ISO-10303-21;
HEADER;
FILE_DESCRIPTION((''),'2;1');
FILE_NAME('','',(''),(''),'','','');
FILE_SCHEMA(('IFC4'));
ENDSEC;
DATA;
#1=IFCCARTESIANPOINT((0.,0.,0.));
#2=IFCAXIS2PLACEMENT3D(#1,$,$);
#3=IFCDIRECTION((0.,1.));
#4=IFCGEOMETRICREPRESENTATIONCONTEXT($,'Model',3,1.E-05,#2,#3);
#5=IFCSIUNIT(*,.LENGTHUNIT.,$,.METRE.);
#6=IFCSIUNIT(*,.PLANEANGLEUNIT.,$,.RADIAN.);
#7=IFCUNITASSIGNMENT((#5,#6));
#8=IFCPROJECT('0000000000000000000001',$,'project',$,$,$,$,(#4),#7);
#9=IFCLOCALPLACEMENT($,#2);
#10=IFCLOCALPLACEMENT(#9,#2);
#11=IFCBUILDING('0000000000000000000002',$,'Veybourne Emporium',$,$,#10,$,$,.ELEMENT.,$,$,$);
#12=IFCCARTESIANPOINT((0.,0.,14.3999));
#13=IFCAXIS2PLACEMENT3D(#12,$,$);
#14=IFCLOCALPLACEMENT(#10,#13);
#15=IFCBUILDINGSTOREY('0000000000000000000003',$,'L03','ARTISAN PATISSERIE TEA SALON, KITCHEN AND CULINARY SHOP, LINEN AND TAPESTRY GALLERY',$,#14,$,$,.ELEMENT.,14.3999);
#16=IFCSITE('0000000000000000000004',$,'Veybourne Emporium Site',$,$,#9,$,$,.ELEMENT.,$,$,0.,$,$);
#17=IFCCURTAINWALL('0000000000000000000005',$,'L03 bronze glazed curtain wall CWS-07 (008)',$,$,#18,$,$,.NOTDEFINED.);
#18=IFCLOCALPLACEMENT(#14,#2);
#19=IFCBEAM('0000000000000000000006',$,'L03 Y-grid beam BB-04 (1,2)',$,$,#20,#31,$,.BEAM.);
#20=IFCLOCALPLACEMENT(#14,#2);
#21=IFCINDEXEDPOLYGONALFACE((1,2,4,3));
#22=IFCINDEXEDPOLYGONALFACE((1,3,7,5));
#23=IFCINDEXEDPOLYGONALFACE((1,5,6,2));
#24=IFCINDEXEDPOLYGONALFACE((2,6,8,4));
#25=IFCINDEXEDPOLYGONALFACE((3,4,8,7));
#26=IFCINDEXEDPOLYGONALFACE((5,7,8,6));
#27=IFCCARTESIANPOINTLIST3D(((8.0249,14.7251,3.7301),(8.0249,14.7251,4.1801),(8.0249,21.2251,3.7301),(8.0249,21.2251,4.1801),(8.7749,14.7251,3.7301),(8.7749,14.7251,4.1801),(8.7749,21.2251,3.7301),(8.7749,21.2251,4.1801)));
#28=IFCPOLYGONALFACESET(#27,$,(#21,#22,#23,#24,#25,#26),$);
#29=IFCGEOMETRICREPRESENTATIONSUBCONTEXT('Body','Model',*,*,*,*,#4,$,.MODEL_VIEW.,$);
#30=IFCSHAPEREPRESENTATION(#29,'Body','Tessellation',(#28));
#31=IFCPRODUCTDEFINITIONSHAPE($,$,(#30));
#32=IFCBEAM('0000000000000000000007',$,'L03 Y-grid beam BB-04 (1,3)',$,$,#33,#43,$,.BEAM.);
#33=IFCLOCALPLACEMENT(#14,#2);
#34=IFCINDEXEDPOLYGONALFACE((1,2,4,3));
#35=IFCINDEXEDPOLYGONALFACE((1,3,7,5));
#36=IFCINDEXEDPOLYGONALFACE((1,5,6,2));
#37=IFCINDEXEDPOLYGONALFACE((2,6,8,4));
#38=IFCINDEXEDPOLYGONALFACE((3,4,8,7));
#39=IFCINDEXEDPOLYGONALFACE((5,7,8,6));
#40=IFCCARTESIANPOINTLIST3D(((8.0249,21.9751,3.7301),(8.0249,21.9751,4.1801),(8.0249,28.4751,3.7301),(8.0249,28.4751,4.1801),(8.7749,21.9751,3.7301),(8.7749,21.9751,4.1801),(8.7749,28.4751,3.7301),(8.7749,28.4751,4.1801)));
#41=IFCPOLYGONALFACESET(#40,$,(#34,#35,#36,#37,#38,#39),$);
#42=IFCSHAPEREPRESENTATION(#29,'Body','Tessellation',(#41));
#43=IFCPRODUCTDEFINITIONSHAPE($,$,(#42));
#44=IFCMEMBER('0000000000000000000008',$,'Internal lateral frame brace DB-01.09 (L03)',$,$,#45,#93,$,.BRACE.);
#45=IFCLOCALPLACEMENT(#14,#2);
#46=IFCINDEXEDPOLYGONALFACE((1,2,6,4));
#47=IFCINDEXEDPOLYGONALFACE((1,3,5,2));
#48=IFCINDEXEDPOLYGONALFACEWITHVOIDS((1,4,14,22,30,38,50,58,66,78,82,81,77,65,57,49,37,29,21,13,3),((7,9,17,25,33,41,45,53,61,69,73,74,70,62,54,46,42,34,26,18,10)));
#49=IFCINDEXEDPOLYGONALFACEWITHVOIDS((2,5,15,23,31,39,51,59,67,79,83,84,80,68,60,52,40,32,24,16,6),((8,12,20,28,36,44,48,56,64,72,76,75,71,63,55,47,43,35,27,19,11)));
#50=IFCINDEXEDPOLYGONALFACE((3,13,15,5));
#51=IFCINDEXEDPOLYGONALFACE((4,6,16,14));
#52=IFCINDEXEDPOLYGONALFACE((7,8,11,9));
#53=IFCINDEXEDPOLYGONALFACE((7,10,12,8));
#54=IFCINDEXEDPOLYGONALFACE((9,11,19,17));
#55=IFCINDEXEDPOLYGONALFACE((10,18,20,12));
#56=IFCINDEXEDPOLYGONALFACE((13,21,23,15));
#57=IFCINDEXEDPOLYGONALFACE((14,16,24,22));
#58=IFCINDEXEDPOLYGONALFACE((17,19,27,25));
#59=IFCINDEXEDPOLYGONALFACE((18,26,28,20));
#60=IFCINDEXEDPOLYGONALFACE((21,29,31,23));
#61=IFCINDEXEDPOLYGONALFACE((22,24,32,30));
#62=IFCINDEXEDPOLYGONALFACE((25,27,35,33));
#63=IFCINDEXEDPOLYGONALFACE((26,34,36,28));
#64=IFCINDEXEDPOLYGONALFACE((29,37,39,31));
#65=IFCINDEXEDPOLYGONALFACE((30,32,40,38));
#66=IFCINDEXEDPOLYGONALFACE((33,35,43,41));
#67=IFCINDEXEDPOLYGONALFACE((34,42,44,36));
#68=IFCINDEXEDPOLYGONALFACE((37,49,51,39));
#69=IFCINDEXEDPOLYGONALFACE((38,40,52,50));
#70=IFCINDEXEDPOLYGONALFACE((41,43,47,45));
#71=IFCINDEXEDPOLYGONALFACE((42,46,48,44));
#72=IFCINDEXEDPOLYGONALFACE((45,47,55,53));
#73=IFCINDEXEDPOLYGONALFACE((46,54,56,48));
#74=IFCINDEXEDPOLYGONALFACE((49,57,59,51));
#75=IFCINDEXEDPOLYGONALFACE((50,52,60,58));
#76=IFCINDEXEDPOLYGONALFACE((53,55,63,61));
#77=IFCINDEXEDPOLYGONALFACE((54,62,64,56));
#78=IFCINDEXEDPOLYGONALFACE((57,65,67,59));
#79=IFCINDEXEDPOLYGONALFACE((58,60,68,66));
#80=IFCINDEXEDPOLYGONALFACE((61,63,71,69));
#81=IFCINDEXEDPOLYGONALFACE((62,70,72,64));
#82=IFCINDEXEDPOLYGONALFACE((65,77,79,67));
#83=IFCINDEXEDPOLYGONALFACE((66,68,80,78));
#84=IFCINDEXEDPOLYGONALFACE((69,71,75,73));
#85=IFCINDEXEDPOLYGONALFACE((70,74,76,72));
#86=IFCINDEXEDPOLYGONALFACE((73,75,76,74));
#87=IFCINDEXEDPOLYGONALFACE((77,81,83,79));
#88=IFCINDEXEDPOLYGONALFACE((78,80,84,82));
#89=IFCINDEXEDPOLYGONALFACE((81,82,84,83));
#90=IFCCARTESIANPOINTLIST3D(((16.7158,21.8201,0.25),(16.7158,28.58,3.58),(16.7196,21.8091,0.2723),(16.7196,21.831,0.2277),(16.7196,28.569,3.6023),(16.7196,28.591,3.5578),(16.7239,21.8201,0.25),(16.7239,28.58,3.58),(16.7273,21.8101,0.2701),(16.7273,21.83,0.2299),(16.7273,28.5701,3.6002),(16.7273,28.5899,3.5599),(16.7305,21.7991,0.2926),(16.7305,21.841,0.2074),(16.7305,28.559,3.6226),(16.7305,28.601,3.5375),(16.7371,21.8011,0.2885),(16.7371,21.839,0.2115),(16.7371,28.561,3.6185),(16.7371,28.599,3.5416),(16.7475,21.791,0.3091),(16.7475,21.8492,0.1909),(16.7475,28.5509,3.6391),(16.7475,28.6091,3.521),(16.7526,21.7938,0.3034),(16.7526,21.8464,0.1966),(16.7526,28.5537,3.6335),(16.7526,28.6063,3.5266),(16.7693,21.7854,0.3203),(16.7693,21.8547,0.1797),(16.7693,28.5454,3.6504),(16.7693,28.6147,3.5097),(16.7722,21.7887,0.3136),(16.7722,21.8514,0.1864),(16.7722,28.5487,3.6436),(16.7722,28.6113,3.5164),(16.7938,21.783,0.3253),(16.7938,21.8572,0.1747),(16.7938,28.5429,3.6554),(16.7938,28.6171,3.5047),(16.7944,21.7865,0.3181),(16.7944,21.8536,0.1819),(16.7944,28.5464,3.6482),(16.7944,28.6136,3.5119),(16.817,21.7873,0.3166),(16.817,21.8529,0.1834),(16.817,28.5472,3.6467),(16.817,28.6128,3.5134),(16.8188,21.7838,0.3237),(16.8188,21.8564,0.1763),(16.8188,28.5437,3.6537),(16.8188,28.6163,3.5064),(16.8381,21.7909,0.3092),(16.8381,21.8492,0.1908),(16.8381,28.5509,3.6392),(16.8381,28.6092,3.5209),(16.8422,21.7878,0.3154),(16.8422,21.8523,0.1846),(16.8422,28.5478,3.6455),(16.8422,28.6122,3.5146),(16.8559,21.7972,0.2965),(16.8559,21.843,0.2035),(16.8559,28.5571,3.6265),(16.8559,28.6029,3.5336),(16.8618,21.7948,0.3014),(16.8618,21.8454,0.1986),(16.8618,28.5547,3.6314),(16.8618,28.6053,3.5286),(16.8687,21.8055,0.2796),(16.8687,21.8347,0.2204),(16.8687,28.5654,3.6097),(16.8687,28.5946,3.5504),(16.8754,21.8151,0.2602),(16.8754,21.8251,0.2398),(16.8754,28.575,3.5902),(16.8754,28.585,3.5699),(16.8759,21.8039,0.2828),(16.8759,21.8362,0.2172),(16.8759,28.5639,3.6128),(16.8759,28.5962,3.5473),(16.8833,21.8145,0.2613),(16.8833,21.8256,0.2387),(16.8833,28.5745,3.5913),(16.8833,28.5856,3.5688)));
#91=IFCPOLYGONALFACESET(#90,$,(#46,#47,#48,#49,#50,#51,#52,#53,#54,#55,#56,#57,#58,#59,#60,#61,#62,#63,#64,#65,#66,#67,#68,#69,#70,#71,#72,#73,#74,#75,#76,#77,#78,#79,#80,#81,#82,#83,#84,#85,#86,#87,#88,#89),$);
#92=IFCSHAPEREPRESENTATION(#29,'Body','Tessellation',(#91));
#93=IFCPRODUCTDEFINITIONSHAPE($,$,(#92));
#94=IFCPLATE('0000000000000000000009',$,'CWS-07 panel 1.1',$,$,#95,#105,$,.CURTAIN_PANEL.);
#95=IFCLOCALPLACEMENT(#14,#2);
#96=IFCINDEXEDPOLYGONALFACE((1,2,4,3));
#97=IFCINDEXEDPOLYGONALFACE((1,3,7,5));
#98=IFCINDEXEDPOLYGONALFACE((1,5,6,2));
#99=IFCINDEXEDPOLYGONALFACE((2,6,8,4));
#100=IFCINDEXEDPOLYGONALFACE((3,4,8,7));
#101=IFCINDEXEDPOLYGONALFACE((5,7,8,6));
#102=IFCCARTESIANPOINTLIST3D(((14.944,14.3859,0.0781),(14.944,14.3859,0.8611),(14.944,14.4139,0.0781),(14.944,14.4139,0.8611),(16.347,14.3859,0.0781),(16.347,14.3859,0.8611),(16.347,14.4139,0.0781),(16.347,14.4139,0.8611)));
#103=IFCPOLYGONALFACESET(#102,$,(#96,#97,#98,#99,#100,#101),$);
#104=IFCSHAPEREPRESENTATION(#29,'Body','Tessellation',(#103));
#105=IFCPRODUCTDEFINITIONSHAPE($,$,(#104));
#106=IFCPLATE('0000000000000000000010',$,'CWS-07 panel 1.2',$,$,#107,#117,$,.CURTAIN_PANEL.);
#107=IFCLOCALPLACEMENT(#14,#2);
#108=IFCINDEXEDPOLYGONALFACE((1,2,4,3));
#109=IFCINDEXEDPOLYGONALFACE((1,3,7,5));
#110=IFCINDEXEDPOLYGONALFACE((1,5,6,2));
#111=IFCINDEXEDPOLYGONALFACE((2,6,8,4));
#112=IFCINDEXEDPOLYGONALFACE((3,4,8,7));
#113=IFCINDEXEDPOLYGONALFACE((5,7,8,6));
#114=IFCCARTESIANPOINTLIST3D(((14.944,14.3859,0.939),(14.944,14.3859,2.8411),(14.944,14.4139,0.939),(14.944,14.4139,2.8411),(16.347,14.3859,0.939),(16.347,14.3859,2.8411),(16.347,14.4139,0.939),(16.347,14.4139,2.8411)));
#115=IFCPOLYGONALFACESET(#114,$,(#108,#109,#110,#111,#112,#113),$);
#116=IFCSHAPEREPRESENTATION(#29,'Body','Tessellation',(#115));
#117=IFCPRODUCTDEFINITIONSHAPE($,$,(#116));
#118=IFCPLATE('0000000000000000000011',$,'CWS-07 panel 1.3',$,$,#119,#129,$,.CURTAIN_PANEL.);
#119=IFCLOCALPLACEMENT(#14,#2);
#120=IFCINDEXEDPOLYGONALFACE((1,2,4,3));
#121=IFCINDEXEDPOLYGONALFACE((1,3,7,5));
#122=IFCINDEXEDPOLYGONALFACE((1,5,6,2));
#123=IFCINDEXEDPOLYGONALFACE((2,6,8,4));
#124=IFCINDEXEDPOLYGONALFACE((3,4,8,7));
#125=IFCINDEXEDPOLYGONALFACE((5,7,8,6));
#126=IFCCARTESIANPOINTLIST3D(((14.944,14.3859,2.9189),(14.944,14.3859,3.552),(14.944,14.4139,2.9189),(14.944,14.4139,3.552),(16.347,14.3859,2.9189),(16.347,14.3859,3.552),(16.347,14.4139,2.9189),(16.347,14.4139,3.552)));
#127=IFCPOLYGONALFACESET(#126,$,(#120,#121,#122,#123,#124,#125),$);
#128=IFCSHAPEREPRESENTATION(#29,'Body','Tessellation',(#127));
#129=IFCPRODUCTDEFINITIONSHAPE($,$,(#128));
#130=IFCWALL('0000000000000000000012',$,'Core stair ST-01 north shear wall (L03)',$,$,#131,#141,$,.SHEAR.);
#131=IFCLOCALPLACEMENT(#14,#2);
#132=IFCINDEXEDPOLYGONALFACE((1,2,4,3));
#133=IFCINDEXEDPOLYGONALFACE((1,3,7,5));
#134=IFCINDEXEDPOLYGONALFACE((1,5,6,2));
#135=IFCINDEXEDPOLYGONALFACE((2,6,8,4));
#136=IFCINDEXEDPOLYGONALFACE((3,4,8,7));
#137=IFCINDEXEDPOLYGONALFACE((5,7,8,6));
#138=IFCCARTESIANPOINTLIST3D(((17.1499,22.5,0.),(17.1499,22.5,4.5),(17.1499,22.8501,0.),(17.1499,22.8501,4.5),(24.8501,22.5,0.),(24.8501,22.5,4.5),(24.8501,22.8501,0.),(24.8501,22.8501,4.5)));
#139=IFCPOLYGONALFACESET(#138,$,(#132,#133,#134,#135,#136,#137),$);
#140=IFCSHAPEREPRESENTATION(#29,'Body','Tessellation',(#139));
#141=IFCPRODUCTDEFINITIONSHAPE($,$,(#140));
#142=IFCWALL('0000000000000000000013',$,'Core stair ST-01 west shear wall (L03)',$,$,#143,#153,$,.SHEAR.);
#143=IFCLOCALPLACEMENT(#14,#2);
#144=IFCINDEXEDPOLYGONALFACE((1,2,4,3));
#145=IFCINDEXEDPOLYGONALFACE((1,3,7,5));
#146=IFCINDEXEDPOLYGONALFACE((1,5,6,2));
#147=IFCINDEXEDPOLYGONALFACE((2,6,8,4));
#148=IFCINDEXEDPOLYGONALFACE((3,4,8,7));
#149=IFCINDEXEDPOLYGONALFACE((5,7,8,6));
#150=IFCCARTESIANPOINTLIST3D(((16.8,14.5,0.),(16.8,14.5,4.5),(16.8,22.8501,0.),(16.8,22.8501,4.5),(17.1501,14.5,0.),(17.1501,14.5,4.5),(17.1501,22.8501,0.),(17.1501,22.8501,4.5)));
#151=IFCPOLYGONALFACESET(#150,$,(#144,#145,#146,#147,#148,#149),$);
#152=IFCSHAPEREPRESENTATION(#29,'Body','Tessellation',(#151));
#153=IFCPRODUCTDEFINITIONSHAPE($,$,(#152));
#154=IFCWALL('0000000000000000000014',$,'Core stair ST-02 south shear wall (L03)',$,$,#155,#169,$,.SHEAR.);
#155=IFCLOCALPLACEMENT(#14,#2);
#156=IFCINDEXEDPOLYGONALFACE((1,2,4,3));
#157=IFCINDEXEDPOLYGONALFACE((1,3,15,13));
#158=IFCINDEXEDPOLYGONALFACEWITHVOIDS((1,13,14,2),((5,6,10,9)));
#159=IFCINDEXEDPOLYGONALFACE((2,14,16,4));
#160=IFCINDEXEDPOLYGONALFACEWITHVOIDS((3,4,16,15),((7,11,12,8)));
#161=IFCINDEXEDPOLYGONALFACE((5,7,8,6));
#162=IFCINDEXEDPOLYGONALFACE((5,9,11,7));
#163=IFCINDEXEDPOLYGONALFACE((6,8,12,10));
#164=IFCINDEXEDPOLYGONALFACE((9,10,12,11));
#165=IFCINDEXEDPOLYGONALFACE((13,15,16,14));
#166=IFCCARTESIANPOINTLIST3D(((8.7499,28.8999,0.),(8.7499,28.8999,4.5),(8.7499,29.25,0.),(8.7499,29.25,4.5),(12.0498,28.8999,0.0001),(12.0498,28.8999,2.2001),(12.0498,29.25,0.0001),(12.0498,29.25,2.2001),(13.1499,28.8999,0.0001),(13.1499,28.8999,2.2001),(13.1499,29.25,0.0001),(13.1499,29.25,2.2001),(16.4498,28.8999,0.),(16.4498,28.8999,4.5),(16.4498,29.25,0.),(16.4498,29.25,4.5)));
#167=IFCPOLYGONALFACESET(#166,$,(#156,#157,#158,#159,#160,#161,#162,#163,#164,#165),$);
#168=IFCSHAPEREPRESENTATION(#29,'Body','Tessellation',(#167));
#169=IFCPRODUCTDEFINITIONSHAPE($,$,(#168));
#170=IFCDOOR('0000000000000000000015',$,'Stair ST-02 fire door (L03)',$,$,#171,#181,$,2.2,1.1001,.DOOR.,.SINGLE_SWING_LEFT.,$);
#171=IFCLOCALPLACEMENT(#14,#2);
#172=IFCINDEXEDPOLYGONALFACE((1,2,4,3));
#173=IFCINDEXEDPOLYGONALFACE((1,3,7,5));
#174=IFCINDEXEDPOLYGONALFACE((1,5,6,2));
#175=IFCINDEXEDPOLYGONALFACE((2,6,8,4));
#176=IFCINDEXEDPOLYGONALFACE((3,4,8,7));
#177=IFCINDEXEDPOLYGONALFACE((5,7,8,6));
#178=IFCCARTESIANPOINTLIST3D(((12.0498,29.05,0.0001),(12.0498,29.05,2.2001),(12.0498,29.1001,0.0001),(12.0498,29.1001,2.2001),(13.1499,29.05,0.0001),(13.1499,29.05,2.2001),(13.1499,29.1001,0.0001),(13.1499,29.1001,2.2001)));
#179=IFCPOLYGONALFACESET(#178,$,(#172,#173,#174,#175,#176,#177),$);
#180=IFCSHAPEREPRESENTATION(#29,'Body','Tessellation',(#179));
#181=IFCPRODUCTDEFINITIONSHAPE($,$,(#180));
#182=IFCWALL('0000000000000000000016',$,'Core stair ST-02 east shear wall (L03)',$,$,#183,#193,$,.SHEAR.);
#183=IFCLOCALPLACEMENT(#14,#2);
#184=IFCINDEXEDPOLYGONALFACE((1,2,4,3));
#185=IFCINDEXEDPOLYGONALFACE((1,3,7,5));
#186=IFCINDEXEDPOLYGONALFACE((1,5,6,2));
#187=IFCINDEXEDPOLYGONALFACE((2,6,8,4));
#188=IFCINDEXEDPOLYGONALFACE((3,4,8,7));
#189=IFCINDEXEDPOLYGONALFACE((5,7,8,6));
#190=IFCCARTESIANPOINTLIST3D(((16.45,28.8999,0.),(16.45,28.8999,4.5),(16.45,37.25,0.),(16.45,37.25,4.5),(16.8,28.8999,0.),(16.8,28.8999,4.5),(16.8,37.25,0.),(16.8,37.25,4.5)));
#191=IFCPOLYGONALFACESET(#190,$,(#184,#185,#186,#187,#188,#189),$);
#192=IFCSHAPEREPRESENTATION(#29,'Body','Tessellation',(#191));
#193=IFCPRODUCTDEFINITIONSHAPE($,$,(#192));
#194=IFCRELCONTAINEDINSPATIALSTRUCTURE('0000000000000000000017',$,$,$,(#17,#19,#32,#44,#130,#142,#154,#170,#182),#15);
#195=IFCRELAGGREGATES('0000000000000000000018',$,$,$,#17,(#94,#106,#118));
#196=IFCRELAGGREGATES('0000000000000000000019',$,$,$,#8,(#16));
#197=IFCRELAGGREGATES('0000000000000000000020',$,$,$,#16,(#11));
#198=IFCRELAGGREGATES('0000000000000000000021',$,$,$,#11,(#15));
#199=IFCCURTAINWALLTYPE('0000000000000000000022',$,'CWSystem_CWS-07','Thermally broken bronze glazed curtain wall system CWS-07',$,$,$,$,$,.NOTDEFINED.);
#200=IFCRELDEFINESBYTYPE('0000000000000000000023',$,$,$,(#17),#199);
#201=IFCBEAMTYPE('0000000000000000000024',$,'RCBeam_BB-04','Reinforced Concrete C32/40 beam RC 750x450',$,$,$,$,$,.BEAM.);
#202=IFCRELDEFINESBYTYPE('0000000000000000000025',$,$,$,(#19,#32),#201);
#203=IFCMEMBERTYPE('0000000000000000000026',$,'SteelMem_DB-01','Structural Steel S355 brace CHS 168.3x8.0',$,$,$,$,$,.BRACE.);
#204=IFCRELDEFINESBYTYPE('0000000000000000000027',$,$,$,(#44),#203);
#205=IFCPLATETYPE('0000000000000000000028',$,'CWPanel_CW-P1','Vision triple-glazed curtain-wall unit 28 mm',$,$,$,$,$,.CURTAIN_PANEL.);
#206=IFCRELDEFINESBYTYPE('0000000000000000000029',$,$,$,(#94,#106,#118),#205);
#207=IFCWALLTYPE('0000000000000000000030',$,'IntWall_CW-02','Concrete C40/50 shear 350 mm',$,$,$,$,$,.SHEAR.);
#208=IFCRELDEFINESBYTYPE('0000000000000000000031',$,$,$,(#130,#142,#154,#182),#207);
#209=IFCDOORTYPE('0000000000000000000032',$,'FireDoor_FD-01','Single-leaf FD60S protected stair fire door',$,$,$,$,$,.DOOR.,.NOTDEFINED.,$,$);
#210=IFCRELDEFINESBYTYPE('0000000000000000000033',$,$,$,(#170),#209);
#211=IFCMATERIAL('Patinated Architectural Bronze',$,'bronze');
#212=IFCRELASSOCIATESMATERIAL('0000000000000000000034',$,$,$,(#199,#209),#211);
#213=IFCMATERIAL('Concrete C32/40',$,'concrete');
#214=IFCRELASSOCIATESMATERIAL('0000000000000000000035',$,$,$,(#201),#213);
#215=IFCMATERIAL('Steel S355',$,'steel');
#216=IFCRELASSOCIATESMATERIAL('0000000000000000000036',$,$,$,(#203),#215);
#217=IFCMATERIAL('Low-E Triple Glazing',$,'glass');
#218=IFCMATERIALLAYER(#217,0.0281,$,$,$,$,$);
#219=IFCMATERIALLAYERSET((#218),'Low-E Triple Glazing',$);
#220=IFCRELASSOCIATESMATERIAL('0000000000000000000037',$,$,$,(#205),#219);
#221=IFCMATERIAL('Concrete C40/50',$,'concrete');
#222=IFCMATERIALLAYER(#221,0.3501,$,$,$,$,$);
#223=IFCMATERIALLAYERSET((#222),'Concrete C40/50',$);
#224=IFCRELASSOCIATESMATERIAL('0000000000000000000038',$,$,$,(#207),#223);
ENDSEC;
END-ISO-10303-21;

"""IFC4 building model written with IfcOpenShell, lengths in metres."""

from ifc_helpers import new_model, si_unit, direction, frame, frame_2d, origin, origin_2d, place, context, subcontext, project, spatial, rectangle, hollow_circle, extrude, material, layer, layer_set, material_profile, profile_set, type_object, element, fill, aggregate, save


model = new_model("IFC4")

# Units and contexts
model_context = context("Model", 3, precision=1e-05, world=origin(), true_north=direction((0.0, 1.0)))
body_context = subcontext(model_context, "Body", "Model", "MODEL_VIEW")
ifc_project = project(units=[si_unit("LENGTHUNIT", "METRE"), si_unit("PLANEANGLEUNIT", "RADIAN")], contexts=[model_context])

# Site, building, storey
site_placement = place(None, origin())
site = spatial("IfcSite", under=ifc_project, at=site_placement, Name="Veybourne Emporium Site", CompositionType="ELEMENT", RefElevation=0.0)
building_placement = place(site_placement, origin())
building = spatial("IfcBuilding", under=site, at=building_placement, Name="Veybourne Emporium", CompositionType="ELEMENT")
storey_placement = place(building_placement, frame((0.0, 0.0, 14.3999)))
storey = spatial("IfcBuildingStorey", under=building, at=storey_placement, Name="L03", Description="ARTISAN PATISSERIE TEA SALON, KITCHEN AND CULINARY SHOP, LINEN AND TAPESTRY GALLERY", CompositionType="ELEMENT", Elevation=14.3999)

# Shared definitions
ifc_material_1 = material(Name="Concrete C40/50", Category="concrete")

# Curtain wall
ifc_material_2 = material(Name="Patinated Architectural Bronze", Category="bronze")
curtain_wall_type = type_object("IfcCurtainWallType", Name="CWSystem_CWS-07", Description="Thermally broken bronze glazed curtain wall system CWS-07", PredefinedType="NOTDEFINED", material=ifc_material_2)
curtain_wall_placement = place(storey_placement, origin())
curtain_wall = element("IfcCurtainWall", 1, at=curtain_wall_placement, inside=storey, type_object=curtain_wall_type, Name="L03 bronze glazed curtain wall CWS-07 (008)", PredefinedType="NOTDEFINED")

# Beams
ifc_material_3 = material(Name="Concrete C32/40", Category="concrete")
ifc_material_profile_1 = material_profile(ifc_material_3, rectangle(XDim=0.75, YDim=0.45, at=origin_2d()), Name="RC 750x450")
ifc_profile_set_1 = profile_set([ifc_material_profile_1], Name="Concrete C32/40")
beam_type_1 = type_object("IfcBeamType", Name="RCBeam_BB-04", Description="Reinforced Concrete C32/40 beam RC 750x450", PredefinedType="BEAM", material=ifc_profile_set_1)
for number, where, z_axis, x_axis, name in (
    (2, (8.3999, 14.7251, 3.9551), (0.0, 1.0, 0.0), (-1.0, 0.0, 0.0), "L03 Y-grid beam BB-04 (1,2)"),
    (3, (8.3999, 21.9751, 3.9551), (0.0, 1.0, 0.0), (-1.0, 0.0, 0.0), "L03 Y-grid beam BB-04 (1,3)"),
):
    element("IfcBeam", number, at=place(storey_placement, frame(where, z_axis=z_axis, x_axis=x_axis)), inside=storey, type_object=beam_type_1, Name=name, PredefinedType="BEAM", context=body_context, shape_type="SweptSolid", body=[
        extrude(rectangle(XDim=0.75, YDim=0.45, at=origin_2d()), origin(), (0.0, 0.0, 1.0), 6.5),
    ])

# Member
ifc_material_4 = material(Name="Steel S355", Category="steel")
ifc_material_profile_2 = material_profile(ifc_material_4, hollow_circle(Radius=0.0842, WallThickness=0.0081, at=origin_2d()), Name="CHS 168.3x8.0")
ifc_profile_set_2 = profile_set([ifc_material_profile_2], Name="Steel S355")
member_type_1 = type_object("IfcMemberType", Name="SteelMem_DB-01", Description="Structural Steel S355 brace CHS 168.3x8.0", PredefinedType="BRACE", material=ifc_profile_set_2)
member_1_placement = place(storey_placement, frame((16.8, 21.8201, 0.25), z_axis=(0.0, 0.897062, 0.441905), x_axis=(-1.0, 0.0, 0.0)))
element("IfcMember", 4, at=member_1_placement, inside=storey, type_object=member_type_1, Name="Internal lateral frame brace DB-01.09 (L03)", PredefinedType="BRACE", context=body_context, shape_type="SweptSolid", body=[
    extrude(hollow_circle(Radius=0.0842, WallThickness=0.0081, at=origin_2d()), origin(), (0.0, 0.0, 1.0), 7.5356),
])

# Plates
ifc_material_5 = material(Name="Low-E Triple Glazing", Category="glass")
ifc_layer_1 = layer(ifc_material_5, 0.0281)
ifc_layer_set_1 = layer_set([ifc_layer_1], Name="Low-E Triple Glazing")
plate_type = type_object("IfcPlateType", Name="CWPanel_CW-P1", Description="Vision triple-glazed curtain-wall unit 28 mm", PredefinedType="CURTAIN_PANEL", material=ifc_layer_set_1)
plate_1_placement = place(storey_placement, frame((15.6455, 14.3999, 0.0781), z_axis=(0.0, 0.0, 1.0), x_axis=(-1.0, 0.0, 0.0)))
plate_1 = element("IfcPlate", 5, at=plate_1_placement, type_object=plate_type, Name="CWS-07 panel 1.1", PredefinedType="CURTAIN_PANEL", context=body_context, shape_type="SweptSolid", body=[
    extrude(rectangle(XDim=1.4031, YDim=0.0281, at=origin_2d()), origin(), (0.0, 0.0, 1.0), 0.783),
])
plate_2_placement = place(storey_placement, frame((15.6455, 14.3999, 0.939), z_axis=(0.0, 0.0, 1.0), x_axis=(-1.0, 0.0, 0.0)))
plate_2 = element("IfcPlate", 6, at=plate_2_placement, type_object=plate_type, Name="CWS-07 panel 1.2", PredefinedType="CURTAIN_PANEL", context=body_context, shape_type="SweptSolid", body=[
    extrude(rectangle(XDim=1.4031, YDim=0.0281, at=origin_2d()), origin(), (0.0, 0.0, 1.0), 1.9021),
])
plate_3_placement = place(storey_placement, frame((15.6455, 14.3999, 2.9189), z_axis=(0.0, 0.0, 1.0), x_axis=(-1.0, 0.0, 0.0)))
plate_3 = element("IfcPlate", 7, at=plate_3_placement, type_object=plate_type, Name="CWS-07 panel 1.3", PredefinedType="CURTAIN_PANEL", context=body_context, shape_type="SweptSolid", body=[
    extrude(rectangle(XDim=1.4031, YDim=0.0281, at=origin_2d()), origin(), (0.0, 0.0, 1.0), 0.6331),
])
aggregate(curtain_wall, [plate_1, plate_2, plate_3])

# Walls
ifc_layer_2 = layer(ifc_material_1, 0.3501)
ifc_layer_set_2 = layer_set([ifc_layer_2], Name="Concrete C40/50")
wall_type_1 = type_object("IfcWallType", Name="IntWall_CW-02", Description="Concrete C40/50 shear 350 mm", PredefinedType="SHEAR", material=ifc_layer_set_2)
wall_1_placement = place(storey_placement, frame((17.1499, 22.675, 0.0), z_axis=(0.0, 0.0, 1.0), x_axis=(1.0, 0.0, 0.0)))
element("IfcWall", 8, at=wall_1_placement, inside=storey, type_object=wall_type_1, Name="Core stair ST-01 north shear wall (L03)", PredefinedType="SHEAR", context=body_context, shape_type="SweptSolid", body=[
    extrude(rectangle(XDim=7.7002, YDim=0.3501, at=frame_2d((3.8501, 0.0))), origin(), (0.0, 0.0, 1.0), 4.5),
])
wall_2_placement = place(storey_placement, frame((16.9751, 22.8501, 0.0), z_axis=(0.0, 0.0, 1.0), x_axis=(0.0, -1.0, 0.0)))
element("IfcWall", 9, at=wall_2_placement, inside=storey, type_object=wall_type_1, Name="Core stair ST-01 west shear wall (L03)", PredefinedType="SHEAR", context=body_context, shape_type="SweptSolid", body=[
    extrude(rectangle(XDim=8.3501, YDim=0.3501, at=frame_2d((4.175, 0.0))), origin(), (0.0, 0.0, 1.0), 4.5),
])

# Wall, opening, door
wall_3_placement = place(storey_placement, frame((16.45, 29.075, 0.0), z_axis=(0.0, 0.0, 1.0), x_axis=(-1.0, 0.0, 0.0)))
wall_3 = element("IfcWall", 10, at=wall_3_placement, inside=storey, type_object=wall_type_1, Name="Core stair ST-02 south shear wall (L03)", PredefinedType="SHEAR", context=body_context, shape_type="SweptSolid", body=[
    extrude(rectangle(XDim=7.7, YDim=0.3501, at=frame_2d((3.8501, 0.0))), origin(), (0.0, 0.0, 1.0), 4.5),
])
opening_placement = place(wall_3_placement, frame((3.3, 0.0, 0.0)))
opening = element("IfcOpeningElement", 11, at=opening_placement, cuts=wall_3, PredefinedType="OPENING", context=body_context, shape_type="SweptSolid", body=[
    extrude(rectangle(XDim=1.1001, YDim=2.2, at=frame_2d((0.55, 1.1001))), frame((0.0, 0.1951, 0.0), z_axis=(0.0, -1.0, 0.0), x_axis=(1.0, 0.0, 0.0)), (0.0, 0.0, 1.0), 0.3901),
])
door_type = type_object("IfcDoorType", Name="FireDoor_FD-01", Description="Single-leaf FD60S protected stair fire door", OperationType="NOTDEFINED", PredefinedType="DOOR", material=ifc_material_2)
door_placement = place(opening_placement, origin())
door = element("IfcDoor", 12, at=door_placement, inside=storey, type_object=door_type, Name="Stair ST-02 fire door (L03)", OperationType="SINGLE_SWING_LEFT", OverallHeight=2.2, OverallWidth=1.1001, PredefinedType="DOOR", context=body_context, shape_type="SweptSolid", body=[
    extrude(rectangle(XDim=1.1001, YDim=2.2, at=frame_2d((0.55, 1.1001))), frame((0.0, 0.0249, 0.0), z_axis=(0.0, -1.0, 0.0), x_axis=(1.0, 0.0, 0.0)), (0.0, 0.0, 1.0), 0.05),
])
fill(opening, door)

# Wall
wall_4_placement = place(storey_placement, frame((16.625, 28.8999, 0.0), z_axis=(0.0, 0.0, 1.0), x_axis=(0.0, 1.0, 0.0)))
element("IfcWall", 13, at=wall_4_placement, inside=storey, type_object=wall_type_1, Name="Core stair ST-02 east shear wall (L03)", PredefinedType="SHEAR", context=body_context, shape_type="SweptSolid", body=[
    extrude(rectangle(XDim=8.3501, YDim=0.3501, at=frame_2d((4.175, 0.0))), origin(), (0.0, 0.0, 1.0), 4.5),
])

save(model, "model.ifc")
